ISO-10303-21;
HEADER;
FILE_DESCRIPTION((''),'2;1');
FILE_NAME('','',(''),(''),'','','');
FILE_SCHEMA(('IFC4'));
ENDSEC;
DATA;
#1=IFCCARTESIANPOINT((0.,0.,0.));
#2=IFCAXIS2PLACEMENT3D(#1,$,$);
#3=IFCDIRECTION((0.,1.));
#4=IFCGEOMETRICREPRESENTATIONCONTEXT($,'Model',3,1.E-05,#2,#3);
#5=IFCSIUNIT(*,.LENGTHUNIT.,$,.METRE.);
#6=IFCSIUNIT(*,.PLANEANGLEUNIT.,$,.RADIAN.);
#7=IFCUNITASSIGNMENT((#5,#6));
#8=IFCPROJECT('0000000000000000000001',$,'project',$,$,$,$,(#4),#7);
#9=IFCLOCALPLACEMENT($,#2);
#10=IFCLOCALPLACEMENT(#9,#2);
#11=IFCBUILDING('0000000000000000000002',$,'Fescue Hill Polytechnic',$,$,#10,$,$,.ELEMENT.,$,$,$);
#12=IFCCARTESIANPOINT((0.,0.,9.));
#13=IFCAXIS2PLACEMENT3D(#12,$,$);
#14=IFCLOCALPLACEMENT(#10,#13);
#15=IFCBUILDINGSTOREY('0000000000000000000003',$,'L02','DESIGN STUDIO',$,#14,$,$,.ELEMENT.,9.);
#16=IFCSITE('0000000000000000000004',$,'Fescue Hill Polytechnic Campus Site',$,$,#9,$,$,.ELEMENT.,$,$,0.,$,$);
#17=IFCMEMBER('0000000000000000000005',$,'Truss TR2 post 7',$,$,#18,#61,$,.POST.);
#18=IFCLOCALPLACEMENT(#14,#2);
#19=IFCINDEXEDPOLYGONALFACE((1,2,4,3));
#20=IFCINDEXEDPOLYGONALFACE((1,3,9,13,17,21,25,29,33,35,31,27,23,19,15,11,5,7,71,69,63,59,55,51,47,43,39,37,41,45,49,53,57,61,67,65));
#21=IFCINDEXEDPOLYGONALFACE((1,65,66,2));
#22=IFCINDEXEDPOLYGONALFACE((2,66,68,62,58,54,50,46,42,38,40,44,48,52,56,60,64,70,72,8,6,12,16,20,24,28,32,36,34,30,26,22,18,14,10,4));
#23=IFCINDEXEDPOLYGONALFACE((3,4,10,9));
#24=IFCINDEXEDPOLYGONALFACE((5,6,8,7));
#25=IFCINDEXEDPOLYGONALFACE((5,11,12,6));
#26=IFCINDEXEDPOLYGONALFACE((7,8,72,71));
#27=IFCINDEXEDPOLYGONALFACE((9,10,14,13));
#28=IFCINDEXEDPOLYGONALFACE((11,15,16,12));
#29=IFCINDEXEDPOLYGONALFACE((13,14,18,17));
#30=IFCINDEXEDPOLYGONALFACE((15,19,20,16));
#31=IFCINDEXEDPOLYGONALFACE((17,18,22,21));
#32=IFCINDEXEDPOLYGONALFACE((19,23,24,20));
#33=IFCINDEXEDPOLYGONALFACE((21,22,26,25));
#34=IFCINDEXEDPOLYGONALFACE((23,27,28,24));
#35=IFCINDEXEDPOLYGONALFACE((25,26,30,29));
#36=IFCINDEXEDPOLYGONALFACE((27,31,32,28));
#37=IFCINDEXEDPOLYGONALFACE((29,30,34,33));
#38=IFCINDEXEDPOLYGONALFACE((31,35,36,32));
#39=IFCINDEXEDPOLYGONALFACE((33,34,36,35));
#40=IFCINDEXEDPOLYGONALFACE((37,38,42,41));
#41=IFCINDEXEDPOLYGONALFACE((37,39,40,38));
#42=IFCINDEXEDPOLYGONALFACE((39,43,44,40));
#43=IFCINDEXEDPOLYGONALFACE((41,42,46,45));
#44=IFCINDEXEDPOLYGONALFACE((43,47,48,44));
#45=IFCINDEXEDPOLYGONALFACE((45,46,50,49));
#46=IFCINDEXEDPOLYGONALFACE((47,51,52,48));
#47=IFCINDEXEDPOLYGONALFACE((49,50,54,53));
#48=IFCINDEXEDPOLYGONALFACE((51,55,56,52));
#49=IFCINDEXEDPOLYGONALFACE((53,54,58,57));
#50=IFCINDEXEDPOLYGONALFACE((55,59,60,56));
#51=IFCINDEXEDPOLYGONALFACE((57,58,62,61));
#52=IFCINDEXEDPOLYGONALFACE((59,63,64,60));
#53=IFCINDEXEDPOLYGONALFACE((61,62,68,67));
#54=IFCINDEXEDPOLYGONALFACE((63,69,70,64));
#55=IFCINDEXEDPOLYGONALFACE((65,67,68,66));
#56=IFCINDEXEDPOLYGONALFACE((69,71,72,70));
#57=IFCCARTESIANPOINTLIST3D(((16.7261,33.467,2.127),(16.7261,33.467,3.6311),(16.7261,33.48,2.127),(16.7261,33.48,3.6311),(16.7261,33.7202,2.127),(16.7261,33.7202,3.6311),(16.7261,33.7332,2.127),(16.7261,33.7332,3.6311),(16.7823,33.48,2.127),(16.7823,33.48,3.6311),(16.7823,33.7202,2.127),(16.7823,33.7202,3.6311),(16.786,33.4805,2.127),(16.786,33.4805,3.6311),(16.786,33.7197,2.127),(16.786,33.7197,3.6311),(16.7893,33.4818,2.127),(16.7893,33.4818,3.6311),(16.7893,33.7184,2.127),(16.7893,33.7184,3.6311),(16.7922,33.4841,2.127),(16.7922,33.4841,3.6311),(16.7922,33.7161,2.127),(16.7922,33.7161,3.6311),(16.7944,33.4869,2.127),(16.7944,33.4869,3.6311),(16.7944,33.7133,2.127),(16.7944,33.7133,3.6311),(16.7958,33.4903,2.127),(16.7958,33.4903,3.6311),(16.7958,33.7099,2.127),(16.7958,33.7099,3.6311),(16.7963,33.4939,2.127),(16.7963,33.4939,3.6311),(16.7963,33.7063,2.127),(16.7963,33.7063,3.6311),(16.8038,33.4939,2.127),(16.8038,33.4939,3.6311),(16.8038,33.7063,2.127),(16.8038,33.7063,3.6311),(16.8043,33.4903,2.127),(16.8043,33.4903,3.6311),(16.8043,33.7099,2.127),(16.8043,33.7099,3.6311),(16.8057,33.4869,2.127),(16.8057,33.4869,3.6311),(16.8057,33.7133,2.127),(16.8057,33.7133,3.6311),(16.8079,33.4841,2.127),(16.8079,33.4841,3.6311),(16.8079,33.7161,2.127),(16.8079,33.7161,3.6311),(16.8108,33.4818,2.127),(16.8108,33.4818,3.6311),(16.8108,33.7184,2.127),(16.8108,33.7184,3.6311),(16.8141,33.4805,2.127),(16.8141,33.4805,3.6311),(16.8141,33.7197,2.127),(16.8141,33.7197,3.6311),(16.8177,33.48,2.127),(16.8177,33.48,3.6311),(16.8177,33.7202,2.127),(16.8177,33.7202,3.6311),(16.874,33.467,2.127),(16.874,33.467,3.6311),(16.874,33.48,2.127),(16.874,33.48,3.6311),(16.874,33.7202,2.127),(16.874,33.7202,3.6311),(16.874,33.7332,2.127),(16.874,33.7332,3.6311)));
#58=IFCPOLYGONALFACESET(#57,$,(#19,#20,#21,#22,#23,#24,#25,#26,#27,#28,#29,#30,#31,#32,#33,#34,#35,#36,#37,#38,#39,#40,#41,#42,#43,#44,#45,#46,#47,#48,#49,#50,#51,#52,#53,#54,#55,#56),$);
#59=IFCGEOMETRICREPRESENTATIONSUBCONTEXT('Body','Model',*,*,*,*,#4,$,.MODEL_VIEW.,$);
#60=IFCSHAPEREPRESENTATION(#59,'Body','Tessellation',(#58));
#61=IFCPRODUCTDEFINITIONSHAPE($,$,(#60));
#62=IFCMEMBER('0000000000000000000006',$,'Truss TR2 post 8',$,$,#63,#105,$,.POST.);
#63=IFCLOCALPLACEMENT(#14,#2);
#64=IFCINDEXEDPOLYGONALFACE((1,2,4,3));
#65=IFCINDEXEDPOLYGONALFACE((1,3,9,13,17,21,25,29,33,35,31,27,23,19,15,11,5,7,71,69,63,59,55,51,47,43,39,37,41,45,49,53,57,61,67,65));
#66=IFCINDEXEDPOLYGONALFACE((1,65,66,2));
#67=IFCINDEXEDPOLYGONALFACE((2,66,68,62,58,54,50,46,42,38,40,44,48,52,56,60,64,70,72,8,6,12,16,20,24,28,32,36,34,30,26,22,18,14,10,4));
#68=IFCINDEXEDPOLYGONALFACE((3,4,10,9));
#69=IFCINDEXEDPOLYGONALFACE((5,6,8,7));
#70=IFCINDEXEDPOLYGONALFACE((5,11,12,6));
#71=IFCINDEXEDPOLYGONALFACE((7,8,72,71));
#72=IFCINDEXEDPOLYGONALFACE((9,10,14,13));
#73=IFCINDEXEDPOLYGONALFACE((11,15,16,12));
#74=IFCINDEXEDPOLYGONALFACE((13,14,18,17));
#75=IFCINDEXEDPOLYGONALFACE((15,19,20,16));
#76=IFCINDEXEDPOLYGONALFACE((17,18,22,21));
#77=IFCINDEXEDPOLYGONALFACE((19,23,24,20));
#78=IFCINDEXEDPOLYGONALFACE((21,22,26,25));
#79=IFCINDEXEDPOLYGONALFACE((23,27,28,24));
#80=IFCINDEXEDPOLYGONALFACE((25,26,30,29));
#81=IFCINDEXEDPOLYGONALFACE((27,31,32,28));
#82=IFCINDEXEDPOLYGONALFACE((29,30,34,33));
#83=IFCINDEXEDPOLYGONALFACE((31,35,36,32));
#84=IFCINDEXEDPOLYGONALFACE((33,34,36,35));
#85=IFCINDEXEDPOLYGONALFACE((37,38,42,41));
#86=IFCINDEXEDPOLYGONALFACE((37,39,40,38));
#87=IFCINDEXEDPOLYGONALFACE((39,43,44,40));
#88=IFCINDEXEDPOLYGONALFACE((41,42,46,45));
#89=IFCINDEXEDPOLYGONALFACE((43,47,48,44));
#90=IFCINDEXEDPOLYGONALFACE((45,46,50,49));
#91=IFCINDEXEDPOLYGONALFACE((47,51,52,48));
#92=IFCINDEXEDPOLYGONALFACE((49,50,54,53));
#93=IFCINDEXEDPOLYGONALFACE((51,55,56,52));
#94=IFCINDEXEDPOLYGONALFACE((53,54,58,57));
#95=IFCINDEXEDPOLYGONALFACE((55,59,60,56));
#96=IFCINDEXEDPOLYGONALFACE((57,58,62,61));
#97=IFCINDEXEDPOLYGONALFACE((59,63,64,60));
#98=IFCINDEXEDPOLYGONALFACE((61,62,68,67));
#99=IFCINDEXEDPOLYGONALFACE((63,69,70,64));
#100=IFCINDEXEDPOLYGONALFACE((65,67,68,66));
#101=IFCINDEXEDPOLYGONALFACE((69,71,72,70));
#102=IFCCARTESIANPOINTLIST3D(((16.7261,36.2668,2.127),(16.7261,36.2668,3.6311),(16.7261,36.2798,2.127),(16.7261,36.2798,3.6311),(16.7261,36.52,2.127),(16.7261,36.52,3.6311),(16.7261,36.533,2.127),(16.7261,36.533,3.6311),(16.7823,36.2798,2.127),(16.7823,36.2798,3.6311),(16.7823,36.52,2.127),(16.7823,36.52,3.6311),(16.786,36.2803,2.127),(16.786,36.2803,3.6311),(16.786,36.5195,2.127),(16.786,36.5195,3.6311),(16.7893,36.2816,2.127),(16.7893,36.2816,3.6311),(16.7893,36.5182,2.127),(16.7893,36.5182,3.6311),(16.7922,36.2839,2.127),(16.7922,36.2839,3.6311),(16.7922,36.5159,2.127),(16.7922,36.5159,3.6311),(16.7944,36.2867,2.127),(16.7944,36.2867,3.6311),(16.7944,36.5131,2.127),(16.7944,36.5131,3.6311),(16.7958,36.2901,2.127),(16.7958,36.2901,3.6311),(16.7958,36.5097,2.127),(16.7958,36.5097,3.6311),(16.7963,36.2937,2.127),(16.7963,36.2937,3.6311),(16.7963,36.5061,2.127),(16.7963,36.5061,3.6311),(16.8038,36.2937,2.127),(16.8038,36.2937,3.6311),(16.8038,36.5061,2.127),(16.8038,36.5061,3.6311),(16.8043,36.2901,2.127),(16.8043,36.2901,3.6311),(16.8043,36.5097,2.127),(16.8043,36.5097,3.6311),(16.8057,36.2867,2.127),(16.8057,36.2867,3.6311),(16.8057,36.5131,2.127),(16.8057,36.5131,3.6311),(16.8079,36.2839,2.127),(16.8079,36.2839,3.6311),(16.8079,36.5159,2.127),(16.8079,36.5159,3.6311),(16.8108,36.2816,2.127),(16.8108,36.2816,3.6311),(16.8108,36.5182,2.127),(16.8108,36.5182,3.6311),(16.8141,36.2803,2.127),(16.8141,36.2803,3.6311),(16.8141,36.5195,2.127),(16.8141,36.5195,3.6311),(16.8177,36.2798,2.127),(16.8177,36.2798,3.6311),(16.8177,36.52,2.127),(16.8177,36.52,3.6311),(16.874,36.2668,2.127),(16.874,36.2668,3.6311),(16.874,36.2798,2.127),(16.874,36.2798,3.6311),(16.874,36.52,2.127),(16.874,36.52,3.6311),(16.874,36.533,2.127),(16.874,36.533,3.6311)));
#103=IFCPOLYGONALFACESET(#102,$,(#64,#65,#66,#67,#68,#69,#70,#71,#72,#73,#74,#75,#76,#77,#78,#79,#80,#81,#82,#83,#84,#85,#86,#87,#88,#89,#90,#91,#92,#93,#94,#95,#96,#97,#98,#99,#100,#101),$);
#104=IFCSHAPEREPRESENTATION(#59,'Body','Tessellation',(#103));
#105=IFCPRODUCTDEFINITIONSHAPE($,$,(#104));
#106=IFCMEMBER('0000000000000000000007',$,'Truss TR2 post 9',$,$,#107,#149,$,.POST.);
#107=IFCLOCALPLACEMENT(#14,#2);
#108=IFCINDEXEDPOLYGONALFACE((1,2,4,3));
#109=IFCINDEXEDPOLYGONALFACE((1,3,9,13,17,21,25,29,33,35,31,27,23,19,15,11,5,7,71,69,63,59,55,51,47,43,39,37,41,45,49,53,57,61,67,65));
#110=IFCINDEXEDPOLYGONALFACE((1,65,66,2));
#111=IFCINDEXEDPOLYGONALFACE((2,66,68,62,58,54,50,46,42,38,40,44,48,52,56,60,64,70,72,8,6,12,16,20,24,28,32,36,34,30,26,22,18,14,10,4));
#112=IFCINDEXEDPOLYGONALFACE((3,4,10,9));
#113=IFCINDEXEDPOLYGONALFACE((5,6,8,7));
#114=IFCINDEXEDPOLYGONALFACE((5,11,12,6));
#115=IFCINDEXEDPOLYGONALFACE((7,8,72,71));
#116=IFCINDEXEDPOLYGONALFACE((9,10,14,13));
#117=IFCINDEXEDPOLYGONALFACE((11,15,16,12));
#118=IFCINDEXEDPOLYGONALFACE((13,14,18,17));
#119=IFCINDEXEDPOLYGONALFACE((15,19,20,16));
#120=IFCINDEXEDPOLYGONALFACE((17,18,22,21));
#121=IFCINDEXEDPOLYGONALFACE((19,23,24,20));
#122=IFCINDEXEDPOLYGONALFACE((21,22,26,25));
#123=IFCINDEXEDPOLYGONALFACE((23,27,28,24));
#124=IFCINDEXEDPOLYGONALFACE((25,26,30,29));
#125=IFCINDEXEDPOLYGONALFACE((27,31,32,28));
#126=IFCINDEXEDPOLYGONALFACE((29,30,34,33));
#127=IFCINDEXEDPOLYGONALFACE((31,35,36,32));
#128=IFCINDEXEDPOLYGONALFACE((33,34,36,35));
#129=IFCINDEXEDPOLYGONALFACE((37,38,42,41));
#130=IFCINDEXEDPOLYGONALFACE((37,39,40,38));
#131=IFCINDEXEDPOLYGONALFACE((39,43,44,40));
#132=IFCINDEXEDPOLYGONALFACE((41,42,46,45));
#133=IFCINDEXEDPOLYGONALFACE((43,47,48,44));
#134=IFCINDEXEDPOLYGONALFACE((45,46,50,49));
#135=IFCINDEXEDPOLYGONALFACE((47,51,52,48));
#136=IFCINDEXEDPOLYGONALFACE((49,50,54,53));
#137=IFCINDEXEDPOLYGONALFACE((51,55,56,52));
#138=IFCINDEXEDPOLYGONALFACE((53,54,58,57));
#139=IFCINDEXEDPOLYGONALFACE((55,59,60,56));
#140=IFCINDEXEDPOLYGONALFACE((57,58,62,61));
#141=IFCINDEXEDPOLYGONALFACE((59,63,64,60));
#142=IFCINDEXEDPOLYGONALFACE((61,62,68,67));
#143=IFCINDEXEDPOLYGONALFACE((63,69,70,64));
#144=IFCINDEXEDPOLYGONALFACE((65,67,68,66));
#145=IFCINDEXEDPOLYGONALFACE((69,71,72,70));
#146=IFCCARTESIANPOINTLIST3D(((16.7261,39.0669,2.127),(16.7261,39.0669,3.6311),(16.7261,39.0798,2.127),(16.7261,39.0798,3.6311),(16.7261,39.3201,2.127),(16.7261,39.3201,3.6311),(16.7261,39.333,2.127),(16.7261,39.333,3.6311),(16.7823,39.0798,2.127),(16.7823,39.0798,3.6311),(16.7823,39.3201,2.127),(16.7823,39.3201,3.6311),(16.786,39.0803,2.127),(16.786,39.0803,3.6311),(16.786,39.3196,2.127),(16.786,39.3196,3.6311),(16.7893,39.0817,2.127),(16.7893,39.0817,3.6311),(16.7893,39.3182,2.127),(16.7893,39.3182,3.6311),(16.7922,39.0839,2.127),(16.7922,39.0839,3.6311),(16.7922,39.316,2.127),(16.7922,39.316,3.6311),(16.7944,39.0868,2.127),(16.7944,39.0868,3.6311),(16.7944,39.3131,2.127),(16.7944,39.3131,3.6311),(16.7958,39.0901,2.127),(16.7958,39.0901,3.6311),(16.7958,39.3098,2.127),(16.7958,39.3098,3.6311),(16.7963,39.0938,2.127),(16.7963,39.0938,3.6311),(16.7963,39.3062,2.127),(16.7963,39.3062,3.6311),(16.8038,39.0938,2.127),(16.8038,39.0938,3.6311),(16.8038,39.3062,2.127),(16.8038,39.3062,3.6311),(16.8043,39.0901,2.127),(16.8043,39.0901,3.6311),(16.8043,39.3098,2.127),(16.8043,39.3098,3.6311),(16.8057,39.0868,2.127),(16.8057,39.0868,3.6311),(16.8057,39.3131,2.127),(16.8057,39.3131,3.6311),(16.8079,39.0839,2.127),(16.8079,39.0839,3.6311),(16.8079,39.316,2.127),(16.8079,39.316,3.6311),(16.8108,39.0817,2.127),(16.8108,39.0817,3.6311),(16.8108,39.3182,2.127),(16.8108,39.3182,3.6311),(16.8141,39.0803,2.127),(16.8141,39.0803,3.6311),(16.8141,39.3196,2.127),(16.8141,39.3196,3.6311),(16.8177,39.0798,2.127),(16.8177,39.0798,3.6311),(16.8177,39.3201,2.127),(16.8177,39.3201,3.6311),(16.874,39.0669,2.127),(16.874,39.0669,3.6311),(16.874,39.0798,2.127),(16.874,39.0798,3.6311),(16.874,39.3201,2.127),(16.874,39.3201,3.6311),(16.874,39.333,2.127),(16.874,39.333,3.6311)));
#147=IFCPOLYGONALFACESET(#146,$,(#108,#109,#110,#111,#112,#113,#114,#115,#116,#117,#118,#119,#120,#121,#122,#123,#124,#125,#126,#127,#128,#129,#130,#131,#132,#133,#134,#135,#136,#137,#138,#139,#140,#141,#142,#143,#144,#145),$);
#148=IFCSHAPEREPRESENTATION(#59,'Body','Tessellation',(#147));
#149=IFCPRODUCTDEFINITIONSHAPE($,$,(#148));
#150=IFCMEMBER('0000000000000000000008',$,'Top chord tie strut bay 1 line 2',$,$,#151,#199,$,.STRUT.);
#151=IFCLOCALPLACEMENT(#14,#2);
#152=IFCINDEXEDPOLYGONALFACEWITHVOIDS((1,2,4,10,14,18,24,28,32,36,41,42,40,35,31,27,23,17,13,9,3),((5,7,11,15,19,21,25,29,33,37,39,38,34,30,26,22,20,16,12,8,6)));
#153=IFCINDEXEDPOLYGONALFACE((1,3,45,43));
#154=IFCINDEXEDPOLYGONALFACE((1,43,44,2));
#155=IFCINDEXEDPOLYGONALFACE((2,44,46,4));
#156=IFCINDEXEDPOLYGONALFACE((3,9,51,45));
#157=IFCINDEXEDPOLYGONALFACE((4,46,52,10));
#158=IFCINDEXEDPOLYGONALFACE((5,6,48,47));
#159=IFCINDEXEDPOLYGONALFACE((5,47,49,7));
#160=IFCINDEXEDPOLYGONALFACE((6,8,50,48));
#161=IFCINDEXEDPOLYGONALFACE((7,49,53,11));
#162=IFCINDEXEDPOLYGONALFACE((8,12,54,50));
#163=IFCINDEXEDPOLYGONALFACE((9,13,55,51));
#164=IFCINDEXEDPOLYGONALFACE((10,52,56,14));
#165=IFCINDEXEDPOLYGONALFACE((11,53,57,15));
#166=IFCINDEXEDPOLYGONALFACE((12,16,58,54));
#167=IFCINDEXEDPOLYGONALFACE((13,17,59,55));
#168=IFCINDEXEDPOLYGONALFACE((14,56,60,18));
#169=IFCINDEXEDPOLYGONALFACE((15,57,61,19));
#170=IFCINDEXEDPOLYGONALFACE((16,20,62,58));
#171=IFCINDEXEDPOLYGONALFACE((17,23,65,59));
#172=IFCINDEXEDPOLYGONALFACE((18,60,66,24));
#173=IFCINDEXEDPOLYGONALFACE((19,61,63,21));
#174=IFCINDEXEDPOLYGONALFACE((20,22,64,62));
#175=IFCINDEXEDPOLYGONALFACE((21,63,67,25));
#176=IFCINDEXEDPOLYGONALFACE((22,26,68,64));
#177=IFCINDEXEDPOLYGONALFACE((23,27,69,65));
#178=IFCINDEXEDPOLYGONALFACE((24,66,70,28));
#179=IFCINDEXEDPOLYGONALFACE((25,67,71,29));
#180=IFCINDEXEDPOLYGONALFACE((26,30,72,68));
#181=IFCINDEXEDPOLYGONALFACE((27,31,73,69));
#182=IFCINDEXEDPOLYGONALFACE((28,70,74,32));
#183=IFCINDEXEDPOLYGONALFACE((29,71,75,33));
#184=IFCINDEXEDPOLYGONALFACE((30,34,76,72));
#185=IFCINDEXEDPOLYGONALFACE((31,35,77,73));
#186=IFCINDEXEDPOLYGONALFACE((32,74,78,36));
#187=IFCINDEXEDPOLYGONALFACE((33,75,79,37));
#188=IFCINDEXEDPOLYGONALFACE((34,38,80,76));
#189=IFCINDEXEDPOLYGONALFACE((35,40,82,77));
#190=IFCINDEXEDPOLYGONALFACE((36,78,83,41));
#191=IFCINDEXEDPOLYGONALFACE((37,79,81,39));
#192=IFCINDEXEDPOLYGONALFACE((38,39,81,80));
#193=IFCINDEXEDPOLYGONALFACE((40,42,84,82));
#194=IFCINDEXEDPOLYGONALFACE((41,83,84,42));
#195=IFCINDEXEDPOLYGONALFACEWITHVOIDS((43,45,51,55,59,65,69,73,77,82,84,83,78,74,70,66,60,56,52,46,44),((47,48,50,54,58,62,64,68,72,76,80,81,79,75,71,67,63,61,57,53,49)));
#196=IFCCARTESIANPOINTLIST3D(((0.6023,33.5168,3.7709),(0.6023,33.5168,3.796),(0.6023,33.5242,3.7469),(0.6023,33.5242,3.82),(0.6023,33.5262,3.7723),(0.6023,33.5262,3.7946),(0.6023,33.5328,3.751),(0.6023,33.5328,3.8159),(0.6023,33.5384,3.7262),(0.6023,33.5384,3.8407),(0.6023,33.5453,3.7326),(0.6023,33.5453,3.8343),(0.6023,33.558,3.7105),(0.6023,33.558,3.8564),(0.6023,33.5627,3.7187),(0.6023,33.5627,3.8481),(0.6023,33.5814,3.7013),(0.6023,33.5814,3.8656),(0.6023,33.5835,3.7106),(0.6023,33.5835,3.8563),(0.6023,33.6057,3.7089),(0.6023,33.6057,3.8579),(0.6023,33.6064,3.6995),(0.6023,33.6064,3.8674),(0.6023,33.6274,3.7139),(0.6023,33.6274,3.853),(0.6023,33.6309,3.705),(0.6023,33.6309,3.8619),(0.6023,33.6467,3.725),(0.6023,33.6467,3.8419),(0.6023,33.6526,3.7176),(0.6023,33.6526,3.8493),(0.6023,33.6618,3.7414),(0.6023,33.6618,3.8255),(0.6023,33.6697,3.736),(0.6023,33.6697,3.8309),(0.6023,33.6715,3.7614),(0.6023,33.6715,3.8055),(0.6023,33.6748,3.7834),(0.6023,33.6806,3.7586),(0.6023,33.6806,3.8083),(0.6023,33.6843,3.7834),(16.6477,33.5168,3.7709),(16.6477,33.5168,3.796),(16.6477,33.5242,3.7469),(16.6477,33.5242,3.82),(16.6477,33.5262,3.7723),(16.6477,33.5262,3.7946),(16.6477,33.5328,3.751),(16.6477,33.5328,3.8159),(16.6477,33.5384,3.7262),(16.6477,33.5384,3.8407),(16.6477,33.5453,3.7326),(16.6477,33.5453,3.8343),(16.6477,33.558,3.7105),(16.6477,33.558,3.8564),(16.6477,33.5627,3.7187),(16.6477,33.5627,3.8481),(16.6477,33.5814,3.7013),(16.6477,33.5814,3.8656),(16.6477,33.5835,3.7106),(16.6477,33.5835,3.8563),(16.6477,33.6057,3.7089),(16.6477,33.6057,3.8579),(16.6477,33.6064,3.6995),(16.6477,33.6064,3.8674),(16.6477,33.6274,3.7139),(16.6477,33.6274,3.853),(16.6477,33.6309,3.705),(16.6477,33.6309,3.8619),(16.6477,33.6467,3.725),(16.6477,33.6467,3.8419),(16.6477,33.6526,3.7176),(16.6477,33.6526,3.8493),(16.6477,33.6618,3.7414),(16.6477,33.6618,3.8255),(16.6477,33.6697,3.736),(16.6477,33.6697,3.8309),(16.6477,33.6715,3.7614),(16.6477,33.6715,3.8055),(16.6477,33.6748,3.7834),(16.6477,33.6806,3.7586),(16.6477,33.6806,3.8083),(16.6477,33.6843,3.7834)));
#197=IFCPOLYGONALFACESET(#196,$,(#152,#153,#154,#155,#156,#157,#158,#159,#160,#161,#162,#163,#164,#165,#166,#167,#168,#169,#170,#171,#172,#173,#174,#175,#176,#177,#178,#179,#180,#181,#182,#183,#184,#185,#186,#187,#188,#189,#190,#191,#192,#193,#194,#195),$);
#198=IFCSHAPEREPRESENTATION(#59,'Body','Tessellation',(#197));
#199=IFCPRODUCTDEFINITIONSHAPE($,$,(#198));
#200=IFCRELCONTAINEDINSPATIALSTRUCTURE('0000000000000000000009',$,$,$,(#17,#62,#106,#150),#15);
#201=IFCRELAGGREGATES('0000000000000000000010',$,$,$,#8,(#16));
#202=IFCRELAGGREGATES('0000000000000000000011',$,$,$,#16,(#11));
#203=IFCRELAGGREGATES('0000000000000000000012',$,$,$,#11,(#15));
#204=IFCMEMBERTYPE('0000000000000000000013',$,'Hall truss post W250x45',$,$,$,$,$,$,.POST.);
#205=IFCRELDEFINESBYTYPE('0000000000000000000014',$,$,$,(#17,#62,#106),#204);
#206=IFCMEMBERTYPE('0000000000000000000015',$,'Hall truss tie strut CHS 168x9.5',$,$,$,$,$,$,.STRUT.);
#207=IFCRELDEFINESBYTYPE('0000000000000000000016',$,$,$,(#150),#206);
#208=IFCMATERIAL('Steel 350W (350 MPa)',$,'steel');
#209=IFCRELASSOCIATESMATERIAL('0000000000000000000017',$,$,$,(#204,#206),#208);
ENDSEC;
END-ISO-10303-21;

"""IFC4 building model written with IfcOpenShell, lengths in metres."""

from ifc_helpers import new_model, si_unit, direction, frame, origin, origin_2d, place, context, subcontext, project, spatial, hollow_circle, i_section, extrude, material, material_profile, profile_set, type_object, element, save


model = new_model("IFC4")

# Units and contexts
model_context = context("Model", 3, precision=1e-05, world=origin(), true_north=direction((0.0, 1.0)))
body_context = subcontext(model_context, "Body", "Model", "MODEL_VIEW")
ifc_project = project(units=[si_unit("LENGTHUNIT", "METRE"), si_unit("PLANEANGLEUNIT", "RADIAN")], contexts=[model_context])

# Site, building, storey
site_placement = place(None, origin())
site = spatial("IfcSite", under=ifc_project, at=site_placement, Name="Fescue Hill Polytechnic Campus Site", CompositionType="ELEMENT", RefElevation=0.0)
building_placement = place(site_placement, origin())
building = spatial("IfcBuilding", under=site, at=building_placement, Name="Fescue Hill Polytechnic", CompositionType="ELEMENT")
storey_placement = place(building_placement, frame((0.0, 0.0, 9.0)))
storey = spatial("IfcBuildingStorey", under=building, at=storey_placement, Name="L02", Description="DESIGN STUDIO", CompositionType="ELEMENT", Elevation=9.0)

# Members
ifc_material = material(Name="Steel 350W (350 MPa)", Category="steel")
ifc_material_profile_1 = material_profile(ifc_material, i_section(OverallWidth=0.1479, OverallDepth=0.2661, WebThickness=0.0076, FlangeThickness=0.0129, FilletRadius=0.0139, at=origin_2d()), Name="W250x45")
ifc_profile_set_1 = profile_set([ifc_material_profile_1], Name="Steel 350W (350 MPa)")
member_type_1 = type_object("IfcMemberType", Name="Hall truss post W250x45", PredefinedType="POST", material=ifc_profile_set_1)
for number, where, z_axis, x_axis, name in (
    (1, (16.8, 33.6001, 2.127), (0.0, 0.0, 1.0), (1.0, 0.0, 0.0), "Truss TR2 post 7"),
    (2, (16.8, 36.3999, 2.127), (0.0, 0.0, 1.0), (1.0, 0.0, 0.0), "Truss TR2 post 8"),
    (3, (16.8, 39.2, 2.127), (0.0, 0.0, 1.0), (1.0, 0.0, 0.0), "Truss TR2 post 9"),
):
    element("IfcMember", number, at=place(storey_placement, frame(where, z_axis=z_axis, x_axis=x_axis)), inside=storey, type_object=member_type_1, Name=name, PredefinedType="POST", context=body_context, shape_type="SweptSolid", body=[
        extrude(i_section(OverallWidth=0.1479, OverallDepth=0.2661, WebThickness=0.0076, FlangeThickness=0.0129, FilletRadius=0.0139, at=origin_2d()), origin(), (0.0, 0.0, 1.0), 1.5042),
    ])
ifc_material_profile_2 = material_profile(ifc_material, hollow_circle(Radius=0.0842, WallThickness=0.0095, at=origin_2d()), Name="Hall truss tie strut CHS 168x9.5")
ifc_profile_set_2 = profile_set([ifc_material_profile_2], Name="Steel 350W (350 MPa)")
member_type_2 = type_object("IfcMemberType", Name="Hall truss tie strut CHS 168x9.5", PredefinedType="STRUT", material=ifc_profile_set_2)
member_1_placement = place(storey_placement, frame((0.6023, 33.6001, 3.7834), z_axis=(1.0, 0.0, 0.0), x_axis=(0.0, 1.0, 0.0)))
element("IfcMember", 4, at=member_1_placement, inside=storey, type_object=member_type_2, Name="Top chord tie strut bay 1 line 2", PredefinedType="STRUT", context=body_context, shape_type="SweptSolid", body=[
    extrude(hollow_circle(Radius=0.0842, WallThickness=0.0095, at=origin_2d()), origin(), (0.0, 0.0, 1.0), 16.0454),
])

save(model, "model.ifc")
